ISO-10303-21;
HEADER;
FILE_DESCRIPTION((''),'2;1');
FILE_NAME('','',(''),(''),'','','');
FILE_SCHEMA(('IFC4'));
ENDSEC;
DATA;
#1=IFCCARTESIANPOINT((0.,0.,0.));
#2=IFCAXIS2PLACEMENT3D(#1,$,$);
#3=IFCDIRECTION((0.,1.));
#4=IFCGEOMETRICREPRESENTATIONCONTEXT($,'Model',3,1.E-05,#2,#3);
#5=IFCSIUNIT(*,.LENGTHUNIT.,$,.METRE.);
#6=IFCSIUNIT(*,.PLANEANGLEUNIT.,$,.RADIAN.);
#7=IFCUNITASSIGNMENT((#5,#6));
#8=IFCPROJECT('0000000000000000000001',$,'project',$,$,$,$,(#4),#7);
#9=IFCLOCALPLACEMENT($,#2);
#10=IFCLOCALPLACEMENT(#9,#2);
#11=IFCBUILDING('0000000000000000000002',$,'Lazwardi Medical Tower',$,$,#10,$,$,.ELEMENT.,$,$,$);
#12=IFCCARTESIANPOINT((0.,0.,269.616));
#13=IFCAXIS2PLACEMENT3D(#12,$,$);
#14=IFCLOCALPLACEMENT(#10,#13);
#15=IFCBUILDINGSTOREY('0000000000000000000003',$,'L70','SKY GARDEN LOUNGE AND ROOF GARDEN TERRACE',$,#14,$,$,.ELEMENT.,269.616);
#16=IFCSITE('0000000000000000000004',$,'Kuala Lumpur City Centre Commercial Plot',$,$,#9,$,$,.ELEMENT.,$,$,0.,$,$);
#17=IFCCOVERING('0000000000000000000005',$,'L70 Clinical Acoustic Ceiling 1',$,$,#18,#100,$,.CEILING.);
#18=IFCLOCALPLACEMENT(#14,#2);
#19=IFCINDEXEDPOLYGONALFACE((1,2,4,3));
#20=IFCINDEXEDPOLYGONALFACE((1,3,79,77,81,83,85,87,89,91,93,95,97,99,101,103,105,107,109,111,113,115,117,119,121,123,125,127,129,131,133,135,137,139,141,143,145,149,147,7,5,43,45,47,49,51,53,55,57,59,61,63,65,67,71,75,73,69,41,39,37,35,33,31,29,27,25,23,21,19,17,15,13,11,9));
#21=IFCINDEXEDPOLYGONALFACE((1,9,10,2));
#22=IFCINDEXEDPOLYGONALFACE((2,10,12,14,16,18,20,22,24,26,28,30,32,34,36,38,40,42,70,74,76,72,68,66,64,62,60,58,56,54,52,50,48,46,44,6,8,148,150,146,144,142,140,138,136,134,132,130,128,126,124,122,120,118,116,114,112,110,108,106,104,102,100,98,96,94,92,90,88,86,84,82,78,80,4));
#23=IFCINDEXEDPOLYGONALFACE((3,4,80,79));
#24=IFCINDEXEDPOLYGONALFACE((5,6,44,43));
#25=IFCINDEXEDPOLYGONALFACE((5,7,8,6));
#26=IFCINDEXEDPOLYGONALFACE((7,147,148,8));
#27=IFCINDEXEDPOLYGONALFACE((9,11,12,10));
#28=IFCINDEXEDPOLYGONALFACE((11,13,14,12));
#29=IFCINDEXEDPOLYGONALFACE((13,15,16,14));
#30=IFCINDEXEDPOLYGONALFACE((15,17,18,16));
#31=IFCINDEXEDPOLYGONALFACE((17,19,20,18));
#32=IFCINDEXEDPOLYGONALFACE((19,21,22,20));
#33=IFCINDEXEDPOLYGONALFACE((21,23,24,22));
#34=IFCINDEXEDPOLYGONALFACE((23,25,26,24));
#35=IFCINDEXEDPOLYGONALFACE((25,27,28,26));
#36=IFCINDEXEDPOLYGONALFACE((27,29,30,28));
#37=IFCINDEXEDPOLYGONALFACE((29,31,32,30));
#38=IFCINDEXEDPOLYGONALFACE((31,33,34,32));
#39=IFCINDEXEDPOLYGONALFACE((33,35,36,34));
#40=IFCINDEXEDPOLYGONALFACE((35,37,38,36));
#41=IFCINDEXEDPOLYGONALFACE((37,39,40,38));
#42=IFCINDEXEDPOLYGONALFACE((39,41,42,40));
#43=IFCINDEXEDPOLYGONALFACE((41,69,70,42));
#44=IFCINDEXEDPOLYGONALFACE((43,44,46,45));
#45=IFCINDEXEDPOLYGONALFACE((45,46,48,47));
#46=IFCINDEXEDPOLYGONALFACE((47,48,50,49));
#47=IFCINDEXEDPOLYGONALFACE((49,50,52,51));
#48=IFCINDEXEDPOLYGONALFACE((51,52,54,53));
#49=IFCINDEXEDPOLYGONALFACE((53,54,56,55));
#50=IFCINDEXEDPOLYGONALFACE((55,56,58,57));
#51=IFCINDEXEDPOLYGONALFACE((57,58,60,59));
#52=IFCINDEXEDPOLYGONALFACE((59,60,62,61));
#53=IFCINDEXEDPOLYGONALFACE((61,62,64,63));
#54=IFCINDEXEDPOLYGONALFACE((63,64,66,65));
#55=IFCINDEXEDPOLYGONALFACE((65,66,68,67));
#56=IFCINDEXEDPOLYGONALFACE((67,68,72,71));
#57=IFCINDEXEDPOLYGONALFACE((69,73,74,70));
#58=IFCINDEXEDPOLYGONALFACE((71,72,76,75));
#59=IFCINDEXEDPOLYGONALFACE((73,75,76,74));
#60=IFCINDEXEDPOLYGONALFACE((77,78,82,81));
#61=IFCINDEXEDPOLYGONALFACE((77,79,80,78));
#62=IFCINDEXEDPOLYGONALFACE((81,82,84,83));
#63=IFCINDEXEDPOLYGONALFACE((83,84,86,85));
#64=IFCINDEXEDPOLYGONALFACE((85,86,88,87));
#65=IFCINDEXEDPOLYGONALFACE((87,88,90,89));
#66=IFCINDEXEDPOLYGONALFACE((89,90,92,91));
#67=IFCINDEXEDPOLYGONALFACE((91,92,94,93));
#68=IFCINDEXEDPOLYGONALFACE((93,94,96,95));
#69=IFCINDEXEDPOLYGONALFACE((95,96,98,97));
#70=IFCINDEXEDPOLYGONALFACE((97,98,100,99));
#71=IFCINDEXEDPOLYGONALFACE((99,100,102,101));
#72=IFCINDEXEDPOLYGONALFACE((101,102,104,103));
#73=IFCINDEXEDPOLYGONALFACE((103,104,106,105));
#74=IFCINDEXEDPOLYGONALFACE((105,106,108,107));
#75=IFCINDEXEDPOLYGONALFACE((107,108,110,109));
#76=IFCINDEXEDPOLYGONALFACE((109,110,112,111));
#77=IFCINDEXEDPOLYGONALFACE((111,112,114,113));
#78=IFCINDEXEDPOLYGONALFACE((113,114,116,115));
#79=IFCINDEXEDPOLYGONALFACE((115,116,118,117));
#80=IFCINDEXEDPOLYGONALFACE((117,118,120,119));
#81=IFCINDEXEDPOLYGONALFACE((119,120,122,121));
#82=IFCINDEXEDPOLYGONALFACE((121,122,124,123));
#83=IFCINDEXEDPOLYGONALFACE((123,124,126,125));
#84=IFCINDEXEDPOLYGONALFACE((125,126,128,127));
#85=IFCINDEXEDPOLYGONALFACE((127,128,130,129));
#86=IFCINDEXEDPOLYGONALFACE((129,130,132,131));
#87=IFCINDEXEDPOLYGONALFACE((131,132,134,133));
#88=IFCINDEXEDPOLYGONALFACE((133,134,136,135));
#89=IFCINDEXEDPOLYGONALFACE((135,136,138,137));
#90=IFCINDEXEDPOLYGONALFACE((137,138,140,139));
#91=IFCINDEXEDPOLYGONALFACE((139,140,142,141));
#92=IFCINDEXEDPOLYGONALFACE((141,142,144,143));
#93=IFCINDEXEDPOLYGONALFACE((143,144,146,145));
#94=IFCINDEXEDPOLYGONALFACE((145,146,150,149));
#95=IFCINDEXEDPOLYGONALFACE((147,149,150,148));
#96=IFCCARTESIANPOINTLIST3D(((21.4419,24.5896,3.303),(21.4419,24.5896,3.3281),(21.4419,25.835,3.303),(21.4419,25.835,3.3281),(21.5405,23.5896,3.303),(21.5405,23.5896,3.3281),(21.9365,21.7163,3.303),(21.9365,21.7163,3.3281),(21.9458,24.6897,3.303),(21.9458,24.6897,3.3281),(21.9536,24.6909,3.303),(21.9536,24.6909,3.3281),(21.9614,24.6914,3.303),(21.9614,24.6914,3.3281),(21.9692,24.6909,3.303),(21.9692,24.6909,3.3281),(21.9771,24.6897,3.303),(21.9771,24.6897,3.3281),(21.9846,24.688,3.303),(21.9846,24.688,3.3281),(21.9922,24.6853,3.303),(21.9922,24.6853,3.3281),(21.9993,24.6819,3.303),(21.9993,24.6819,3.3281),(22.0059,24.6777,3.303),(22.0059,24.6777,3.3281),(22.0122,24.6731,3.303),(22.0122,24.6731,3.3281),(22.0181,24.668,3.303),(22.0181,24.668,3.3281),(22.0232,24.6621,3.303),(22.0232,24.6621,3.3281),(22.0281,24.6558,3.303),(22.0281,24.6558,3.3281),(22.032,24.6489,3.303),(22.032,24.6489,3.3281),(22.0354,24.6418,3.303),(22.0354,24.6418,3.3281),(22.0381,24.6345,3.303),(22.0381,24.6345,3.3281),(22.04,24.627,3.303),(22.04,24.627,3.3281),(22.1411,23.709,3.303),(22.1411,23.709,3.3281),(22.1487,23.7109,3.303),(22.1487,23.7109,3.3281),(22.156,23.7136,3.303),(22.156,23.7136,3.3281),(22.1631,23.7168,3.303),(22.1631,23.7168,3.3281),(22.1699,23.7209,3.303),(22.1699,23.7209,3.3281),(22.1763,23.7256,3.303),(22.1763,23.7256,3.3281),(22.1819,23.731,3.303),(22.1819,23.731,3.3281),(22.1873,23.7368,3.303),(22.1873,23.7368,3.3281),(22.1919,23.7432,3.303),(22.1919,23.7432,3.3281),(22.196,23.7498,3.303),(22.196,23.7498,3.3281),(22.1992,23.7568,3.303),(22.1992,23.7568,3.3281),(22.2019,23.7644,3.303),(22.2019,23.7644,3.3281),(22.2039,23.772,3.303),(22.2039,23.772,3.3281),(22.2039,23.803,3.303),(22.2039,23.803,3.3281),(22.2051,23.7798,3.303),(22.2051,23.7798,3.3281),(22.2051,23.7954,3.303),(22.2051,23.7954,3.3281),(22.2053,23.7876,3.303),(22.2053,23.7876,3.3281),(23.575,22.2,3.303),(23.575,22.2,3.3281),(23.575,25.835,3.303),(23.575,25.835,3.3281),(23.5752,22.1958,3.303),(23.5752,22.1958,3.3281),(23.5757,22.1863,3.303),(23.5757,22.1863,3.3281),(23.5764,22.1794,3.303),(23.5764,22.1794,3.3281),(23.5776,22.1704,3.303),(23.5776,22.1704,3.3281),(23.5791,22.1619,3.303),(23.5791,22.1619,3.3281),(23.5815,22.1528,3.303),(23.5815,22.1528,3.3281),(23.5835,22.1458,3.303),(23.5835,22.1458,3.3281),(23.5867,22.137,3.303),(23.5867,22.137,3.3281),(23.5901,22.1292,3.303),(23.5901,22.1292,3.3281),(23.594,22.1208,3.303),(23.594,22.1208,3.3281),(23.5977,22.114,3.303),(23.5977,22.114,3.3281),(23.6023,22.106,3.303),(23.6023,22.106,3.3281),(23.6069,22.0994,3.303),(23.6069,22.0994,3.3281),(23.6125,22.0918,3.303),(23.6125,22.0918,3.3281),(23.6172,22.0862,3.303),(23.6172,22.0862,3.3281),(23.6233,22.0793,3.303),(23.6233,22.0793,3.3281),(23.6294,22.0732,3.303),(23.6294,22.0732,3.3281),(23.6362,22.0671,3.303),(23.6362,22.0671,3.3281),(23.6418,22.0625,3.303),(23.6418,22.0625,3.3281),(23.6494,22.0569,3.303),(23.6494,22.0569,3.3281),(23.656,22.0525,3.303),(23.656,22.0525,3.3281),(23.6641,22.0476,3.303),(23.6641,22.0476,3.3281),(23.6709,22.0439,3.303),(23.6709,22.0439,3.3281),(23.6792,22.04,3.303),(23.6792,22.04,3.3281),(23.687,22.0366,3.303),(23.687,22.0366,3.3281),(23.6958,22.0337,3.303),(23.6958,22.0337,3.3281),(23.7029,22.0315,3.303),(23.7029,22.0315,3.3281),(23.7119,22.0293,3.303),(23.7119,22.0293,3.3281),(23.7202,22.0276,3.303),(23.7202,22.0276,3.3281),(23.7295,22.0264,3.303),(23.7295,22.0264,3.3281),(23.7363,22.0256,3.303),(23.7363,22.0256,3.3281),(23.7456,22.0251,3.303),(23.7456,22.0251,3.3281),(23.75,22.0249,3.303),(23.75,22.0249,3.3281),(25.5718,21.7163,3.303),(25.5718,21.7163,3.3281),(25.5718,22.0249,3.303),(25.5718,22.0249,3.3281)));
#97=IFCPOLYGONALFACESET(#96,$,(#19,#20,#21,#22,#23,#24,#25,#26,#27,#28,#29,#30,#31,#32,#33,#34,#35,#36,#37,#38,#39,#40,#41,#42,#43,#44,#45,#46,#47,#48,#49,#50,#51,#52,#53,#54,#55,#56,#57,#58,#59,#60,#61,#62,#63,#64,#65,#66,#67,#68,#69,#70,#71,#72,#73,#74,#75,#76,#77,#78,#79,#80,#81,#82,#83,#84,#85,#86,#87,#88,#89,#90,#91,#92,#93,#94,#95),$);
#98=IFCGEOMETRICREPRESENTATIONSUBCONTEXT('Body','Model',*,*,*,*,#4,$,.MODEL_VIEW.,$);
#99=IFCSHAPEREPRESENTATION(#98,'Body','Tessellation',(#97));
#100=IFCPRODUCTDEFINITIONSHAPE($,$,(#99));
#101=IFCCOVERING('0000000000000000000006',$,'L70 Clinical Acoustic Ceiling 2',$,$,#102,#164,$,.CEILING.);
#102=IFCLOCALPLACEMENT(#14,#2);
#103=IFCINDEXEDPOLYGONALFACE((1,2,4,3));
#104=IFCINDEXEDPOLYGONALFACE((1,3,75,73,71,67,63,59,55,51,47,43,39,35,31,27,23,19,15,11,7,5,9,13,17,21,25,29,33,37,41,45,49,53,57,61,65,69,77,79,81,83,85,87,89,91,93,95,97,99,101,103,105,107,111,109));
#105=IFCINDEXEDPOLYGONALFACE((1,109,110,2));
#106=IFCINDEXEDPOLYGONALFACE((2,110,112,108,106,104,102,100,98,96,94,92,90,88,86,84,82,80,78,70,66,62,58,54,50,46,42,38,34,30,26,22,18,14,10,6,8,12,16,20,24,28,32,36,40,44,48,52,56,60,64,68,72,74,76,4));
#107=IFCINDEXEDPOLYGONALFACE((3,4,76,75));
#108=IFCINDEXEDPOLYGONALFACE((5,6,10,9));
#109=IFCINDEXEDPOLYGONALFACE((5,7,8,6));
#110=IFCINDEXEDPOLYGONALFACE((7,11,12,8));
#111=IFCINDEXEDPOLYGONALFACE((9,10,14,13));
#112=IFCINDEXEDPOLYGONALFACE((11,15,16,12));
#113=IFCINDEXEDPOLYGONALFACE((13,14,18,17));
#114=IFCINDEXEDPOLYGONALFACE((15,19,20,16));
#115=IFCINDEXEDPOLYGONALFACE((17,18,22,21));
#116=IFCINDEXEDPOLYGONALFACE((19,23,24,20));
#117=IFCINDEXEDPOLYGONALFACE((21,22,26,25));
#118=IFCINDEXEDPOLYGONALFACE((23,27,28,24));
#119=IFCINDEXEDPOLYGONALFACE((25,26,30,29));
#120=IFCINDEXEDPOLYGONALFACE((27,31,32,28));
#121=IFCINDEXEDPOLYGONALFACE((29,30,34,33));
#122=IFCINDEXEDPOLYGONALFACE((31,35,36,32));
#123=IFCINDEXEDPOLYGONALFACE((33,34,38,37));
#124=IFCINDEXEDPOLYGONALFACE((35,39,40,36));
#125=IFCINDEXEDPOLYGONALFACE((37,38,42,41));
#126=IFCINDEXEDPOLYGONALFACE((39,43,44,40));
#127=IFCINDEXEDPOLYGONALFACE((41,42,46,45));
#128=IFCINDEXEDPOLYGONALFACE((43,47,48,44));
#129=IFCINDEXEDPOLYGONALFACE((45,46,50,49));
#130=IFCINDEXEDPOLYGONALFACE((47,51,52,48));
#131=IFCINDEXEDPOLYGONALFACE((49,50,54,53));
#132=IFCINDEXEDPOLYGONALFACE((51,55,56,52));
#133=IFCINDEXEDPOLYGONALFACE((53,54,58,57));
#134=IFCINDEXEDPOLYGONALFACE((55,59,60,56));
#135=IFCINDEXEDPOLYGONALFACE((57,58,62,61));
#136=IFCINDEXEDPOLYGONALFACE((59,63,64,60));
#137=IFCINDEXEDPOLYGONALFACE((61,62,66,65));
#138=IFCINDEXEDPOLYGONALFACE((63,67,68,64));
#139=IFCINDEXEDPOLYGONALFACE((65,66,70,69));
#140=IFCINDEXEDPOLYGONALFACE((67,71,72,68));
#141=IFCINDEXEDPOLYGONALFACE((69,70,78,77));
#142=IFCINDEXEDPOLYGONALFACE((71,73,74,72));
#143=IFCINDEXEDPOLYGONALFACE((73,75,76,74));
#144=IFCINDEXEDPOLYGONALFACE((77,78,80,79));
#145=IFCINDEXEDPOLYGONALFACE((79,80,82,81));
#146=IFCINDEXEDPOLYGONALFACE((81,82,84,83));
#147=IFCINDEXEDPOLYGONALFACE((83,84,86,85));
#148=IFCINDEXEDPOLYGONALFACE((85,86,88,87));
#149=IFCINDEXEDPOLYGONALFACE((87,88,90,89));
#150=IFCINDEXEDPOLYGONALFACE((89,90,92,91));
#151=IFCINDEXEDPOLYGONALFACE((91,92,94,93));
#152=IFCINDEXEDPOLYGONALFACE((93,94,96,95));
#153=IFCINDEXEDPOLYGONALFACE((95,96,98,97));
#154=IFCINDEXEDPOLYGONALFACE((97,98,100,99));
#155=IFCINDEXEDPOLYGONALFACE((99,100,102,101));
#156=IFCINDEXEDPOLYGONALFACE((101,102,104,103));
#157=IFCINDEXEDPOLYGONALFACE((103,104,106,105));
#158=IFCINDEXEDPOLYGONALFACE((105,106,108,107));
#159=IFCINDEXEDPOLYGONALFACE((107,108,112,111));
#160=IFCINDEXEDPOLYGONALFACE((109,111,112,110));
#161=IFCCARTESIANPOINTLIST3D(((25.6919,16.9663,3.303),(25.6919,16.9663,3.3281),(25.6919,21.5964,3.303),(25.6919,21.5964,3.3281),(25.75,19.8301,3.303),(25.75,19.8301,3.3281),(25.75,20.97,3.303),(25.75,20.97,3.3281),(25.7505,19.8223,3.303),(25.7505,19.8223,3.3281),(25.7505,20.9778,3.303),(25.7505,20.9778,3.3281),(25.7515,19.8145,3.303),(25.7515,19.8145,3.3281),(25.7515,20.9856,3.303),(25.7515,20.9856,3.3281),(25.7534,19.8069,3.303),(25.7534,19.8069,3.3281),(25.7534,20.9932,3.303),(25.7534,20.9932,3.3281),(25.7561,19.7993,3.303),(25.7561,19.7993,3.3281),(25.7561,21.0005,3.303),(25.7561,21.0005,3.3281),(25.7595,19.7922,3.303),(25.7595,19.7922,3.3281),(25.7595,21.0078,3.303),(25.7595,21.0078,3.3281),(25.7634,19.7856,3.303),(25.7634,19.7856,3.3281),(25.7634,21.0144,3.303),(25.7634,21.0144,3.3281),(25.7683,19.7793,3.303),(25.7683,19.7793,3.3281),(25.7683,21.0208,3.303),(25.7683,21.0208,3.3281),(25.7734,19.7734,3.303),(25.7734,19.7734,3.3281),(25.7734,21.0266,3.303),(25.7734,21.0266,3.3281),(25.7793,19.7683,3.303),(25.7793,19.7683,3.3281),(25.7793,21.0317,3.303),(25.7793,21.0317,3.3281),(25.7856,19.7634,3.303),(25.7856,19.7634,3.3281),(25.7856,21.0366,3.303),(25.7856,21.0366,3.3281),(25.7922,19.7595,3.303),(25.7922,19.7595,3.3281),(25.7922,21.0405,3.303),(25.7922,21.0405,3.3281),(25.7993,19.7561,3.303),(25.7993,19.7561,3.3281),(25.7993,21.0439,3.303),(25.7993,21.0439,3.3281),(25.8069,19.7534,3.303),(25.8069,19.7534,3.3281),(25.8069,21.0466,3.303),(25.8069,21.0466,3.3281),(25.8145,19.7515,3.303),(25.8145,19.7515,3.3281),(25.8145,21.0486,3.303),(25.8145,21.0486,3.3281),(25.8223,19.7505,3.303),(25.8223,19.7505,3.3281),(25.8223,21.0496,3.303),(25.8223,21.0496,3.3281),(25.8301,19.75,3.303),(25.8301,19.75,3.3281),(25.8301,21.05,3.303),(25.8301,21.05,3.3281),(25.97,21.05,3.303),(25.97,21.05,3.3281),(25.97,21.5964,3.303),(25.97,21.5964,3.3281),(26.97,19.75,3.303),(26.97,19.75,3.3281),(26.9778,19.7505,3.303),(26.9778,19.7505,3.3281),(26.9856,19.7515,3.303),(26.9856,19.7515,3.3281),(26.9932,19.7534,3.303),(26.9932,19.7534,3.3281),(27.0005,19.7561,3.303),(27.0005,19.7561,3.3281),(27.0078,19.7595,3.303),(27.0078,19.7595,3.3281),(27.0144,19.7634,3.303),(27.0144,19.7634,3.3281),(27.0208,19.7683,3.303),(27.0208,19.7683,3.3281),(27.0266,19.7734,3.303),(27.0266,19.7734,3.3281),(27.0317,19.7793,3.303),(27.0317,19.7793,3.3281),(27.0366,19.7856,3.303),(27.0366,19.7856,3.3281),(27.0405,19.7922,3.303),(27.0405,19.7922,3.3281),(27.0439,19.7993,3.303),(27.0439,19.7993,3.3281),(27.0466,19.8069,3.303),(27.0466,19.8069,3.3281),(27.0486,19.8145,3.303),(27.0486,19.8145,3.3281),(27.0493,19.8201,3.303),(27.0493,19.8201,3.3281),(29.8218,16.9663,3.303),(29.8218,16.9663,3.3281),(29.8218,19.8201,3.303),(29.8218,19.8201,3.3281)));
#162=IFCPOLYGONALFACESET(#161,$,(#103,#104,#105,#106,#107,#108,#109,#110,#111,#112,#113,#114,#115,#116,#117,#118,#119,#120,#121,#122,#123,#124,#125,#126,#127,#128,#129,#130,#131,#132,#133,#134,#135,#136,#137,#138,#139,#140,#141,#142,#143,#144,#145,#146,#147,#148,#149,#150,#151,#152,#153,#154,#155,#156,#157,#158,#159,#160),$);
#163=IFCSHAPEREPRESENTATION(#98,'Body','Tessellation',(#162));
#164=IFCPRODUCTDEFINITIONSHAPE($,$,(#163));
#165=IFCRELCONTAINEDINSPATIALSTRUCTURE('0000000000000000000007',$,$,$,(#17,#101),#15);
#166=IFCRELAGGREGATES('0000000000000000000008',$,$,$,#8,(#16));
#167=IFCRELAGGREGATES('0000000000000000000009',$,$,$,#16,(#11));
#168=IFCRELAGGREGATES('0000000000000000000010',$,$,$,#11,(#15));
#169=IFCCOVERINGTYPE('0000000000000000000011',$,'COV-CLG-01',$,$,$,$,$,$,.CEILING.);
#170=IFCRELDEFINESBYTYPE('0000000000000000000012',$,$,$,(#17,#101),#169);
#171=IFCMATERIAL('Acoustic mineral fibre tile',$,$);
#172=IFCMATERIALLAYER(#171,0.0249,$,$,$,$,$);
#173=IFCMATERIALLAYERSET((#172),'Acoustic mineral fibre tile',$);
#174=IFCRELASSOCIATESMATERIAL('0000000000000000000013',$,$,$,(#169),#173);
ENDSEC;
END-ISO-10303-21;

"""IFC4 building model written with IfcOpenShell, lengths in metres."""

from ifc_helpers import new_model, si_unit, direction, frame, origin, place, context, subcontext, project, spatial, polyline, outline, extrude, material, layer, layer_set, type_object, element, save


model = new_model("IFC4")

# Units and contexts
model_context = context("Model", 3, precision=1e-05, world=origin(), true_north=direction((0.0, 1.0)))
body_context = subcontext(model_context, "Body", "Model", "MODEL_VIEW")
ifc_project = project(units=[si_unit("LENGTHUNIT", "METRE"), si_unit("PLANEANGLEUNIT", "RADIAN")], contexts=[model_context])

# Site, building, storey
site_placement = place(None, origin())
site = spatial("IfcSite", under=ifc_project, at=site_placement, Name="Kuala Lumpur City Centre Commercial Plot", CompositionType="ELEMENT", RefElevation=0.0)
building_placement = place(site_placement, origin())
building = spatial("IfcBuilding", under=site, at=building_placement, Name="Lazwardi Medical Tower", CompositionType="ELEMENT")
storey_placement = place(building_placement, frame((0.0, 0.0, 269.616)))
storey = spatial("IfcBuildingStorey", under=building, at=storey_placement, Name="L70", Description="SKY GARDEN LOUNGE AND ROOF GARDEN TERRACE", CompositionType="ELEMENT", Elevation=269.616)

# Coverings
ifc_material_1 = material(Name="Acoustic mineral fibre tile")
ifc_layer_1 = layer(ifc_material_1, 0.0249)
ifc_layer_set_1 = layer_set([ifc_layer_1], Name="Acoustic mineral fibre tile")
covering_type_1 = type_object("IfcCoveringType", Name="COV-CLG-01", PredefinedType="CEILING", material=ifc_layer_set_1)
covering_1_placement = place(storey_placement, frame((0.0, 0.0, 3.303)))
element("IfcCovering", 1, at=covering_1_placement, inside=storey, type_object=covering_type_1, Name="L70 Clinical Acoustic Ceiling 1", PredefinedType="CEILING", context=body_context, shape_type="SweptSolid", body=[
    extrude(outline(polyline([(25.5718, 22.0249), (23.75, 22.0249), (23.7456, 22.0251), (23.7363, 22.0256), (23.7295, 22.0264), (23.7202, 22.0276), (23.7119, 22.0293), (23.7029, 22.0315), (23.6958, 22.0337), (23.687, 22.0366), (23.6792, 22.04), (23.6709, 22.0439), (23.6641, 22.0476), (23.656, 22.0525), (23.6494, 22.0569), (23.6418, 22.0625), (23.6362, 22.0671), (23.6294, 22.0732), (23.6233, 22.0793), (23.6172, 22.0862), (23.6125, 22.0918), (23.6069, 22.0994), (23.6023, 22.106), (23.5977, 22.114), (23.594, 22.1208), (23.5901, 22.1292), (23.5867, 22.137), (23.5835, 22.1458), (23.5815, 22.1528), (23.5791, 22.1619), (23.5776, 22.1704), (23.5764, 22.1794), (23.5757, 22.1863), (23.5752, 22.1958), (23.575, 22.2), (23.575, 25.835), (21.4419, 25.835), (21.4419, 24.5896), (21.9458, 24.6897), (21.9536, 24.6909), (21.9614, 24.6914), (21.9692, 24.6909), (21.9771, 24.6897), (21.9846, 24.688), (21.9922, 24.6853), (21.9993, 24.6819), (22.0059, 24.6777), (22.0122, 24.6731), (22.0181, 24.668), (22.0232, 24.6621), (22.0281, 24.6558), (22.032, 24.6489), (22.0354, 24.6418), (22.0381, 24.6345), (22.04, 24.627), (22.2039, 23.803), (22.2051, 23.7954), (22.2053, 23.7876), (22.2051, 23.7798), (22.2039, 23.772), (22.2019, 23.7644), (22.1992, 23.7568), (22.196, 23.7498), (22.1919, 23.7432), (22.1873, 23.7368), (22.1819, 23.731), (22.1763, 23.7256), (22.1699, 23.7209), (22.1631, 23.7168), (22.156, 23.7136), (22.1487, 23.7109), (22.1411, 23.709), (21.5405, 23.5896), (21.9365, 21.7163), (25.5718, 21.7163), (25.5718, 22.0249)])), origin(), (0.0, 0.0, 1.0), 0.0251),
])
covering_2_placement = place(storey_placement, frame((0.0, 0.0, 3.303)))
element("IfcCovering", 2, at=covering_2_placement, inside=storey, type_object=covering_type_1, Name="L70 Clinical Acoustic Ceiling 2", PredefinedType="CEILING", context=body_context, shape_type="SweptSolid", body=[
    extrude(outline(polyline([(29.8218, 19.8201), (27.0493, 19.8201), (27.0486, 19.8145), (27.0466, 19.8069), (27.0439, 19.7993), (27.0405, 19.7922), (27.0366, 19.7856), (27.0317, 19.7793), (27.0266, 19.7734), (27.0208, 19.7683), (27.0144, 19.7634), (27.0078, 19.7595), (27.0005, 19.7561), (26.9932, 19.7534), (26.9856, 19.7515), (26.9778, 19.7505), (26.97, 19.75), (25.8301, 19.75), (25.8223, 19.7505), (25.8145, 19.7515), (25.8069, 19.7534), (25.7993, 19.7561), (25.7922, 19.7595), (25.7856, 19.7634), (25.7793, 19.7683), (25.7734, 19.7734), (25.7683, 19.7793), (25.7634, 19.7856), (25.7595, 19.7922), (25.7561, 19.7993), (25.7534, 19.8069), (25.7515, 19.8145), (25.7505, 19.8223), (25.75, 19.8301), (25.75, 20.97), (25.7505, 20.9778), (25.7515, 20.9856), (25.7534, 20.9932), (25.7561, 21.0005), (25.7595, 21.0078), (25.7634, 21.0144), (25.7683, 21.0208), (25.7734, 21.0266), (25.7793, 21.0317), (25.7856, 21.0366), (25.7922, 21.0405), (25.7993, 21.0439), (25.8069, 21.0466), (25.8145, 21.0486), (25.8223, 21.0496), (25.8301, 21.05), (25.97, 21.05), (25.97, 21.5964), (25.6919, 21.5964), (25.6919, 16.9663), (29.8218, 16.9663), (29.8218, 19.8201)])), origin(), (0.0, 0.0, 1.0), 0.0251),
])

save(model, "model.ifc")
